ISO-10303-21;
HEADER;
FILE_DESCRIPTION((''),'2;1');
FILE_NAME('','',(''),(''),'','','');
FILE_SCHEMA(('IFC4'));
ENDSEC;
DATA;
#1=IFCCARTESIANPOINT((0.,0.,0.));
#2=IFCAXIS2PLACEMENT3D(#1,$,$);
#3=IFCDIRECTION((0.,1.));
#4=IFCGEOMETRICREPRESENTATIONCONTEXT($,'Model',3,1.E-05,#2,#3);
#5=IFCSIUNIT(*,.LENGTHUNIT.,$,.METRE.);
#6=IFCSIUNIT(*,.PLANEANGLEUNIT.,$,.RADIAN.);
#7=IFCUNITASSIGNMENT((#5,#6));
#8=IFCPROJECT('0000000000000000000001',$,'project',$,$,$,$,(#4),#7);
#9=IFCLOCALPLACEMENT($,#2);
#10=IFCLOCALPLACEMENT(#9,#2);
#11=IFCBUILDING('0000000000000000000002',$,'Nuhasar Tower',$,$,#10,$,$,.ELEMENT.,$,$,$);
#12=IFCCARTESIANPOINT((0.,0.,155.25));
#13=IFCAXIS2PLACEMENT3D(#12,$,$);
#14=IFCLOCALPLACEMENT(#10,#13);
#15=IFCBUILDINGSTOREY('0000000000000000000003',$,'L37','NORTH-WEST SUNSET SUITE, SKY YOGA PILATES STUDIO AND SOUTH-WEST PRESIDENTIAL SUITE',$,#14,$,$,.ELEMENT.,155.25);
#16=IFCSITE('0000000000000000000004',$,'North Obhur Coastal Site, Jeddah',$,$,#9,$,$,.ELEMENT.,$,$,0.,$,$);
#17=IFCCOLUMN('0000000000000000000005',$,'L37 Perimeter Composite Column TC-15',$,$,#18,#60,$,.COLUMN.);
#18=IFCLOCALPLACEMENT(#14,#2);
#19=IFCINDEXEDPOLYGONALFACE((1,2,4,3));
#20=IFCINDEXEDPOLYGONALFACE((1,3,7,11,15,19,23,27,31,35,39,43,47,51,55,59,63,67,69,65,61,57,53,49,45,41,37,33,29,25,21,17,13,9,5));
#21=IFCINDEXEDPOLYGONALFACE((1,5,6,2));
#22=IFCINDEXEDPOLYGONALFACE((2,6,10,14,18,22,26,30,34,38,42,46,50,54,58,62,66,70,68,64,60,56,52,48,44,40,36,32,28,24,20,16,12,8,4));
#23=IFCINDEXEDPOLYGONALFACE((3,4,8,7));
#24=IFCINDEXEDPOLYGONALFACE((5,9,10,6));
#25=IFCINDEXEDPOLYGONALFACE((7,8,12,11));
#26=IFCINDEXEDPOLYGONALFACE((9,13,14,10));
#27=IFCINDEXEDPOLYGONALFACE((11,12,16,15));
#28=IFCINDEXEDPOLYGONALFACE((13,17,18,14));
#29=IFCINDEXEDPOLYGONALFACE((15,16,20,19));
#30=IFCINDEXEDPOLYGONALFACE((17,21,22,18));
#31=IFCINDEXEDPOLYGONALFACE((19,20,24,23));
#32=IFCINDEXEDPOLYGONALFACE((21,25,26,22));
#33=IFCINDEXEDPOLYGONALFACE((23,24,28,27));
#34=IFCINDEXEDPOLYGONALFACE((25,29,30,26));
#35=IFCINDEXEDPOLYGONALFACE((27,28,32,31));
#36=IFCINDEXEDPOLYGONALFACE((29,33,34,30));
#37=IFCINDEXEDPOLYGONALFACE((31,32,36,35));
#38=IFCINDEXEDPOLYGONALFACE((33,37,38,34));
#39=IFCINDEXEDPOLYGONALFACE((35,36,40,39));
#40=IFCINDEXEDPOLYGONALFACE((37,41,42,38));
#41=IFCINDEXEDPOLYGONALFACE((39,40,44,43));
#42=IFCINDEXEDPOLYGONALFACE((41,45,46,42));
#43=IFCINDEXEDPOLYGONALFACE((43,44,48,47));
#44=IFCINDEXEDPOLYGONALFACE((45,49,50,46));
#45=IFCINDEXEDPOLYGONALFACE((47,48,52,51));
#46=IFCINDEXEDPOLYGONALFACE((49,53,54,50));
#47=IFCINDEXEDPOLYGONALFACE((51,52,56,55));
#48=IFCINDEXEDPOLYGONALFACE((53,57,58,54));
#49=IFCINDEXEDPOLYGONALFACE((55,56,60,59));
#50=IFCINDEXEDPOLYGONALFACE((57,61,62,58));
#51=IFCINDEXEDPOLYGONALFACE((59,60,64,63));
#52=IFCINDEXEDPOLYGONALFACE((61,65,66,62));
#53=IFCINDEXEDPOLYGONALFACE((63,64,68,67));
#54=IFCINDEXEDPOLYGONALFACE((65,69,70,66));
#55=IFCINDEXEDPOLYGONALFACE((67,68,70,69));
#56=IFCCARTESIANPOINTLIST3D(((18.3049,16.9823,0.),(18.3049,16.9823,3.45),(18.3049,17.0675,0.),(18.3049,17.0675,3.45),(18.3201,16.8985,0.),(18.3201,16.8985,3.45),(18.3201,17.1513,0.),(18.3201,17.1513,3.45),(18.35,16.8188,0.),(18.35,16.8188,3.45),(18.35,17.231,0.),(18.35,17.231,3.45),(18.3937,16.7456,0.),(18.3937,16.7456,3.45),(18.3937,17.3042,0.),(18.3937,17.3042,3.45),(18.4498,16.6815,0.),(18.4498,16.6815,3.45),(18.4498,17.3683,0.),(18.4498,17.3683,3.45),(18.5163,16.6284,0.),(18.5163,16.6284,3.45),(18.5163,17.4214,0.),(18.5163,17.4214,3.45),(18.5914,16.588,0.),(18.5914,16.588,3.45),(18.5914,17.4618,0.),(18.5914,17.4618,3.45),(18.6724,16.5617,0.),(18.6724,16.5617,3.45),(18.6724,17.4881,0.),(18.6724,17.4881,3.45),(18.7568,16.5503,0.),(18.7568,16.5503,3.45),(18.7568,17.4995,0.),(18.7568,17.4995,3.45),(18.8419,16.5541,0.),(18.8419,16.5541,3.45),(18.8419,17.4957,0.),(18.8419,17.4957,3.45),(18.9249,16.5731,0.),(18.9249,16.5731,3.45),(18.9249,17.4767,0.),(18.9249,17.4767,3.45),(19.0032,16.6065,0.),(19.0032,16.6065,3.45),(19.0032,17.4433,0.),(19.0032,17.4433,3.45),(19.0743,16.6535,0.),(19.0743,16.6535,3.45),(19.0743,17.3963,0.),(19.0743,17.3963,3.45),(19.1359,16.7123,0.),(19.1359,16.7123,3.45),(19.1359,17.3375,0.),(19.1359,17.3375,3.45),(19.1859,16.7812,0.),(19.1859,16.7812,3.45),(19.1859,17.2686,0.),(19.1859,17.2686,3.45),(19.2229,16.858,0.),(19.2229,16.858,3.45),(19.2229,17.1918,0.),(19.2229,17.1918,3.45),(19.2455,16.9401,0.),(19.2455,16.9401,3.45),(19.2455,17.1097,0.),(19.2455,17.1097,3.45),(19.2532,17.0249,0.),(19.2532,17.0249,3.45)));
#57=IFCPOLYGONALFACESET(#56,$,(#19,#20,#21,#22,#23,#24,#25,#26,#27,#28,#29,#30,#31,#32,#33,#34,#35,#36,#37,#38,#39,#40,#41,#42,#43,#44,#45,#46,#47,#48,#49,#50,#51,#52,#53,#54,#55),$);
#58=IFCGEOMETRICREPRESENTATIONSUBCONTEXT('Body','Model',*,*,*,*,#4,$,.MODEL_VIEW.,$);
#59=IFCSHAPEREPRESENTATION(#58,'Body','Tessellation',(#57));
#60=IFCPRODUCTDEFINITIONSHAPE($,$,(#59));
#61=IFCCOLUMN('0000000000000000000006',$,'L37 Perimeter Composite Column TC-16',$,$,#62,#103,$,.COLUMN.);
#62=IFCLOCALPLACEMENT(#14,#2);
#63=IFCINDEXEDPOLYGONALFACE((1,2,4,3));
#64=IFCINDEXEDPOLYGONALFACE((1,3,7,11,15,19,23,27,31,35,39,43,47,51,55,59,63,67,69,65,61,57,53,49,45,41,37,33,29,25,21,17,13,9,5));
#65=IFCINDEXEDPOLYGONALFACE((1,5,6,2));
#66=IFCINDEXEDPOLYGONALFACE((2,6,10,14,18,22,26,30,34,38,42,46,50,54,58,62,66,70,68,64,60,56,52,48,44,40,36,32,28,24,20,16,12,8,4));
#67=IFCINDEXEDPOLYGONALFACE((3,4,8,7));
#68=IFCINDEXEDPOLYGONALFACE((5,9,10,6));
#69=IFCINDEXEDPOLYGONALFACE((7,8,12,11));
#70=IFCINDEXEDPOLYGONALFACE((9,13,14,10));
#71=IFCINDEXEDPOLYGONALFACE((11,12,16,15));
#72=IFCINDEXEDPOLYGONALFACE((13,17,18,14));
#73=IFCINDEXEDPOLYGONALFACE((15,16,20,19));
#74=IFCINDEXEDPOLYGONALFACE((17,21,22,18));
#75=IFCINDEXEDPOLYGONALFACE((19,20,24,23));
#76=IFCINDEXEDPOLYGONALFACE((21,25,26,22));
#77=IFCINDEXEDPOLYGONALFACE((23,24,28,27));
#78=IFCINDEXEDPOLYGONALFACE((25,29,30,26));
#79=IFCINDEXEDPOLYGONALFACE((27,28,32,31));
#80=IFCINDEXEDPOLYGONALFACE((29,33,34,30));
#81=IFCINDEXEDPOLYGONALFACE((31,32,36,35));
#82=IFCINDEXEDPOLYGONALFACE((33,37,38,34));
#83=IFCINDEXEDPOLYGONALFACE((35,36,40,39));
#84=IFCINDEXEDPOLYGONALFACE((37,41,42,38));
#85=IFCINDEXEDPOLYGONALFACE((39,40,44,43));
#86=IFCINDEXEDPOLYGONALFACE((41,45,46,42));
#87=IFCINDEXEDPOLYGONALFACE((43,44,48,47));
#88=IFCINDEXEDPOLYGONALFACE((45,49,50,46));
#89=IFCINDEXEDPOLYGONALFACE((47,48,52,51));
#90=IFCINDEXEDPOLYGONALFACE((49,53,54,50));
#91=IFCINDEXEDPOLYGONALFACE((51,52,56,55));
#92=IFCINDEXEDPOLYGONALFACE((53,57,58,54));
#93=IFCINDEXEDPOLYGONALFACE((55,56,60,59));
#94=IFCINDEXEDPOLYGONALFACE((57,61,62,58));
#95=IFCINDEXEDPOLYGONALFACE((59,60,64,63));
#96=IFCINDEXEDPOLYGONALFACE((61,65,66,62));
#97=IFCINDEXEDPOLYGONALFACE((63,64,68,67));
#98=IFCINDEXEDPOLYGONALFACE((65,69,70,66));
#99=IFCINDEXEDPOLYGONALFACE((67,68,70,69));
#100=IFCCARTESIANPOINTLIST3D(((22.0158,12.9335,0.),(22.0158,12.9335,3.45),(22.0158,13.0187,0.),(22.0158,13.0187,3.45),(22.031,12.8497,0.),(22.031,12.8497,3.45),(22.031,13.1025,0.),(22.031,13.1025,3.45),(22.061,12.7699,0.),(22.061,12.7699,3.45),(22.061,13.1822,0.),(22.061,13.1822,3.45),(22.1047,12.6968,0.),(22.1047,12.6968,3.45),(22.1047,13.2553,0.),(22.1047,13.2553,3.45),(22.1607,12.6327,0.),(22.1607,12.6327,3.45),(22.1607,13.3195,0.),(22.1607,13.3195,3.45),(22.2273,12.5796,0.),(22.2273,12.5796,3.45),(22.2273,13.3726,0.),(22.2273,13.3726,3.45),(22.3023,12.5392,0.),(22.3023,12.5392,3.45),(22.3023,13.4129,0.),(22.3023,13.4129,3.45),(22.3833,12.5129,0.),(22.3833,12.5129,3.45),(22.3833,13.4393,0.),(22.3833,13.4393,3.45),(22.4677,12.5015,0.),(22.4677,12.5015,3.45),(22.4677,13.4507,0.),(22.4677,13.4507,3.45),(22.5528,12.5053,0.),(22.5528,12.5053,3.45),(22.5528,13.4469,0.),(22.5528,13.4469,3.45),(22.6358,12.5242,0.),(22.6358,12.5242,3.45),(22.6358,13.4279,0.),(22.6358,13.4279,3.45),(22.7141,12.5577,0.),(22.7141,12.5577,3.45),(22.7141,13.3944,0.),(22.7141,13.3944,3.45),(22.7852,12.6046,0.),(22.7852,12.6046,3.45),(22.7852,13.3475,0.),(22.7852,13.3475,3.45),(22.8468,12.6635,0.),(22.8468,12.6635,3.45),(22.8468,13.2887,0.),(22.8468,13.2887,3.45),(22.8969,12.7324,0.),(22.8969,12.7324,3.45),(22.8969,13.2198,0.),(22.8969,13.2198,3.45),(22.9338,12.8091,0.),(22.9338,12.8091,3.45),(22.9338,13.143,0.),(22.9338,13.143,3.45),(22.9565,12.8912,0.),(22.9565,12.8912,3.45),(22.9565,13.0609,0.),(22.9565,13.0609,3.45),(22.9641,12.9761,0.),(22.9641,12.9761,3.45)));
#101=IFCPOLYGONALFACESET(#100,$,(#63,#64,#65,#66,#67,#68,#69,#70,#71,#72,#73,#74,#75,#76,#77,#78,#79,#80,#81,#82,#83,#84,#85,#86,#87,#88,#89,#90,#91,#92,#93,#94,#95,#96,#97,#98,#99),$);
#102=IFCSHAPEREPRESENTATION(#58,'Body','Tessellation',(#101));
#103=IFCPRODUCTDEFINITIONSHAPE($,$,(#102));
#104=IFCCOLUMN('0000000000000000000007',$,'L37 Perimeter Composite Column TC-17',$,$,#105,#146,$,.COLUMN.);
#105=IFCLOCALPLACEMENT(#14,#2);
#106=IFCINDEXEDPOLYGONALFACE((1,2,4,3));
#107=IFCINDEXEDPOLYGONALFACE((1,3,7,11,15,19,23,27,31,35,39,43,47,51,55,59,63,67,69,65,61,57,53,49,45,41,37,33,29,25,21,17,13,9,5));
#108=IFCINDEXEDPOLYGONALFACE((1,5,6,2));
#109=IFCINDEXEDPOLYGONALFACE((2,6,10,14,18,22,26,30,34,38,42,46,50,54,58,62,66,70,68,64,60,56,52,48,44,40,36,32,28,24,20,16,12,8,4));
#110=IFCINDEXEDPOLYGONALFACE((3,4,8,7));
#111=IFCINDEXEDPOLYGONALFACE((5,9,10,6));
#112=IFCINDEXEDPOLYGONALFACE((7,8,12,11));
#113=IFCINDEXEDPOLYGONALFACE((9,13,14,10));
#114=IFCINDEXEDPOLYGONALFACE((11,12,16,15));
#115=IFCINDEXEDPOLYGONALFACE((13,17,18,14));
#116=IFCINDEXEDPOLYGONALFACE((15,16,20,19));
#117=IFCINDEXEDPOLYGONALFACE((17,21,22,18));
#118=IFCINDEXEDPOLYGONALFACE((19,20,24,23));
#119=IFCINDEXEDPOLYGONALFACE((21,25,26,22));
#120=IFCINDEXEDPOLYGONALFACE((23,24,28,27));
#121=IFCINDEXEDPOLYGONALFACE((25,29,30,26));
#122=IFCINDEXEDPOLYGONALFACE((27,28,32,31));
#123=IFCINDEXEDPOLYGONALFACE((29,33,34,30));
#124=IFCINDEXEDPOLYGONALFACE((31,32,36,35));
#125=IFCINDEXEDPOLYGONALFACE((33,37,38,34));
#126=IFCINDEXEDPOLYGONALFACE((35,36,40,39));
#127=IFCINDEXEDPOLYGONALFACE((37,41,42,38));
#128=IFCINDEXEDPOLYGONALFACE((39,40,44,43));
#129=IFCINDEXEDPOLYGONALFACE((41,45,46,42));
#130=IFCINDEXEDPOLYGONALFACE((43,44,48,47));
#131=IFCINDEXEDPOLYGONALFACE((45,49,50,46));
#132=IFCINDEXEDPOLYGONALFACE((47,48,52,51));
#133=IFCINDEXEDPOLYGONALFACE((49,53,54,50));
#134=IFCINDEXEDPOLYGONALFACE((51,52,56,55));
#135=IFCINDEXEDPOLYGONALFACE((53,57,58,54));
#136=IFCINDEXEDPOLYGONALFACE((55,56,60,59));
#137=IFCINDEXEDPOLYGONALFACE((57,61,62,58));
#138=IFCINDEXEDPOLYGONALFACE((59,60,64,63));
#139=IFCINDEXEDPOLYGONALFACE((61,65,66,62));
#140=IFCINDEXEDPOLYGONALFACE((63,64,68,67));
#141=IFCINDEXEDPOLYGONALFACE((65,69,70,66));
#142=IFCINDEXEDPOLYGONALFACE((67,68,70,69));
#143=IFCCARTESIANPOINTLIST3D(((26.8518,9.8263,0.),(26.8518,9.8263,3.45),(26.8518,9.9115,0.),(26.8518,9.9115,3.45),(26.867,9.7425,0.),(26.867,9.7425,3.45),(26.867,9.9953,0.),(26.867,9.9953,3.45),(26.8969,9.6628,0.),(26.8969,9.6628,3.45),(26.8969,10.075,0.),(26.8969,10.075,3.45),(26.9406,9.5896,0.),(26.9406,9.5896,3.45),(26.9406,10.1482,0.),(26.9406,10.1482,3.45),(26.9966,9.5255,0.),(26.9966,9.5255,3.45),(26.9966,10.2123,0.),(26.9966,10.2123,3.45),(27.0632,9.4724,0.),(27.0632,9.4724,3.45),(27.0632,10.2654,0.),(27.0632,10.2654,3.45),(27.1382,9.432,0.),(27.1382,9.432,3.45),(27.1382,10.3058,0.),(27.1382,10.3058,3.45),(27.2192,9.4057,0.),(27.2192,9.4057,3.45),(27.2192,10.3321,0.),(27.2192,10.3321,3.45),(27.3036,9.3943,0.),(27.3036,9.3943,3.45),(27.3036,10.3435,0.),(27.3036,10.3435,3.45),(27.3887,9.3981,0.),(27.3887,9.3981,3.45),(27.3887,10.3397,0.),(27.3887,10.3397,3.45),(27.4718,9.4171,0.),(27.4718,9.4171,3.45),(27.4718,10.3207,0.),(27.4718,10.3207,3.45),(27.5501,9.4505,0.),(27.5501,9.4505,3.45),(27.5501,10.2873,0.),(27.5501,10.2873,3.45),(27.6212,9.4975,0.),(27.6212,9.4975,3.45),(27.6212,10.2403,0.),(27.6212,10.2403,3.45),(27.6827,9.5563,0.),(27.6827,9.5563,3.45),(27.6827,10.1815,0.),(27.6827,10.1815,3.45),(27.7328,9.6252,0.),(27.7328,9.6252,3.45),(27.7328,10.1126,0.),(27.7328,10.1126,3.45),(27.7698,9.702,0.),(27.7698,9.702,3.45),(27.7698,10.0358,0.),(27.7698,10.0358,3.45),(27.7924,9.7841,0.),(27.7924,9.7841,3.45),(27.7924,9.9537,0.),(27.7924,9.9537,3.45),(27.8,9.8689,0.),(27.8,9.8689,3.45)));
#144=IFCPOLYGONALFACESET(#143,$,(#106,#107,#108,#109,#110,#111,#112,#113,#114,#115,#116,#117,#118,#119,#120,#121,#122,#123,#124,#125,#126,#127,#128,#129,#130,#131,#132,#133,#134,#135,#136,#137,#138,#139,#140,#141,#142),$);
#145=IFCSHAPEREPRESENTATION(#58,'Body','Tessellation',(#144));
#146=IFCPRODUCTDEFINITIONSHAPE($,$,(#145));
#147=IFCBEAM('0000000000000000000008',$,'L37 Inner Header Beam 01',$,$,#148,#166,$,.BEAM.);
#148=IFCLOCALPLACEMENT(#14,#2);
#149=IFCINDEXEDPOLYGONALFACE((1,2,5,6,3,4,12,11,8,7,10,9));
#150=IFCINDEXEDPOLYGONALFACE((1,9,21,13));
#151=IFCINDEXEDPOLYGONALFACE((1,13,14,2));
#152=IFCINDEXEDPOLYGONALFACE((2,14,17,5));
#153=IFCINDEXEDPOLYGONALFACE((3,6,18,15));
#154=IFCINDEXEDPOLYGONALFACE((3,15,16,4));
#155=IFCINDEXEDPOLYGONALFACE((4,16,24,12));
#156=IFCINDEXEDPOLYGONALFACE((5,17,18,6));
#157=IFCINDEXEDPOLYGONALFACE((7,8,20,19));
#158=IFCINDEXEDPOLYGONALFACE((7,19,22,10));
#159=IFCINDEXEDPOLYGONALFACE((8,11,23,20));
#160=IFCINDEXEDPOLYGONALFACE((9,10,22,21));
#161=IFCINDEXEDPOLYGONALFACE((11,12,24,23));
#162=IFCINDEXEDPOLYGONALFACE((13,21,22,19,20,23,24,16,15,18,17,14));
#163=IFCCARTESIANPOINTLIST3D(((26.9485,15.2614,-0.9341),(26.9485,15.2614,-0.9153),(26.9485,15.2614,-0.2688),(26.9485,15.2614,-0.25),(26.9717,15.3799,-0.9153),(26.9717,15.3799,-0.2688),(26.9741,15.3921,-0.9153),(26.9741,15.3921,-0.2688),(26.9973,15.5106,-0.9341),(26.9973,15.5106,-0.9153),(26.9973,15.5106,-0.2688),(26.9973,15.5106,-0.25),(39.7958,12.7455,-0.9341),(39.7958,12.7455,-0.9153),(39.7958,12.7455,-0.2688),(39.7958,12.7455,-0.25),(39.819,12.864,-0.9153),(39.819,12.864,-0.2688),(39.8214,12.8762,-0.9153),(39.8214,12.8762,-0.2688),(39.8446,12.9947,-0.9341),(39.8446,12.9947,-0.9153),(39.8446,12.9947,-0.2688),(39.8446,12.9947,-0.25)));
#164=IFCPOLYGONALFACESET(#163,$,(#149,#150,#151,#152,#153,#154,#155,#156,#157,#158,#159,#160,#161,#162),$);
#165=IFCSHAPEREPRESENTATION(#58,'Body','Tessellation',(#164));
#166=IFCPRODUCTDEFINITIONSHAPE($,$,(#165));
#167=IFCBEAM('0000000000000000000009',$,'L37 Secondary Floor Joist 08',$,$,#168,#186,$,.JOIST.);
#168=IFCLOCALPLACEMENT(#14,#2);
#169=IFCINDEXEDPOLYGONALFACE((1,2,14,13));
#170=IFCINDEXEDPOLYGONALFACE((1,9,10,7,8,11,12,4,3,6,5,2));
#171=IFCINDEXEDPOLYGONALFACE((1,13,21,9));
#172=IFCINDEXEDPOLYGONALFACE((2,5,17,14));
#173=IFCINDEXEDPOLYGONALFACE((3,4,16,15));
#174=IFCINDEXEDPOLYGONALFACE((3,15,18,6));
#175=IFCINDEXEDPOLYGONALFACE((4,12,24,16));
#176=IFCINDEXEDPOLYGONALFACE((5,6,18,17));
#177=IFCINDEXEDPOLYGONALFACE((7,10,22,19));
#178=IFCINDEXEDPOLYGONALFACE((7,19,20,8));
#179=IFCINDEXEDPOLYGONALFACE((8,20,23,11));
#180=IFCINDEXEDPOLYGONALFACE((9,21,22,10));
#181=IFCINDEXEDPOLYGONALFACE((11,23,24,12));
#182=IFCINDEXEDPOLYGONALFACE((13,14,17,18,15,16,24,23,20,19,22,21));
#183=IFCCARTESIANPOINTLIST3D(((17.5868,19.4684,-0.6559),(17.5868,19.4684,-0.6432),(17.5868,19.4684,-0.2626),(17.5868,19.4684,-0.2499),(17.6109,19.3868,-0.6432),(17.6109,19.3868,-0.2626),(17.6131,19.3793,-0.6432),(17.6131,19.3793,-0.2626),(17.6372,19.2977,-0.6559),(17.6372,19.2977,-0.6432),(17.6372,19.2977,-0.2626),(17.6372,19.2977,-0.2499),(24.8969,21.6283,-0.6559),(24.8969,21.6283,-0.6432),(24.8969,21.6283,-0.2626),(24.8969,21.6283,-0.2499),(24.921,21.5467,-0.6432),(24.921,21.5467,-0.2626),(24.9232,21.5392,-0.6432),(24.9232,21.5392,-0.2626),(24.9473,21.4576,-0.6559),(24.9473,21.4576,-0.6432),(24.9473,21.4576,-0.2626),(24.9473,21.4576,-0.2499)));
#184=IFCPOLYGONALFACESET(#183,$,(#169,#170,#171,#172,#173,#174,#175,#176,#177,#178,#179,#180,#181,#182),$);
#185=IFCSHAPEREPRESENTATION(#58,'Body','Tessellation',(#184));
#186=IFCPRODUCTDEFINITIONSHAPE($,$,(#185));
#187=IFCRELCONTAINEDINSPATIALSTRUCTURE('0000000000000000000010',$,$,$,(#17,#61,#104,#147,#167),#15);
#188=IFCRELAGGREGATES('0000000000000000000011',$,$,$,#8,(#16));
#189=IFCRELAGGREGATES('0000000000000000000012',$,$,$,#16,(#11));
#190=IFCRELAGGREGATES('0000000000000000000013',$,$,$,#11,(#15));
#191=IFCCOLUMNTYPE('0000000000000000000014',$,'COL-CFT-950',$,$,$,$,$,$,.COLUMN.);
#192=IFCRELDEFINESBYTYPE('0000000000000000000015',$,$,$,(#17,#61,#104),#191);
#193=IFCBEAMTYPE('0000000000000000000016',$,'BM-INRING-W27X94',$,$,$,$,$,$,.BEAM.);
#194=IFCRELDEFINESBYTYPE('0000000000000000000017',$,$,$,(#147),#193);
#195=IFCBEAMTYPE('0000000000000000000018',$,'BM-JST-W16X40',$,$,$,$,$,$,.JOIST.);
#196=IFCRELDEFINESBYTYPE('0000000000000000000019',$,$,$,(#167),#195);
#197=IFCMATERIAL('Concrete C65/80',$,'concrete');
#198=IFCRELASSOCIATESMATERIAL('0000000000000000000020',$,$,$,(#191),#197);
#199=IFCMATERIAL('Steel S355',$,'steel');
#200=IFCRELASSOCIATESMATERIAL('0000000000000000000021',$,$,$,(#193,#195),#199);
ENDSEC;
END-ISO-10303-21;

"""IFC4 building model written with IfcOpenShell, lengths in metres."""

from ifc_helpers import new_model, si_unit, direction, frame, origin, origin_2d, place, context, subcontext, project, spatial, circle, i_section, extrude, material, material_profile, profile_set, type_object, element, save


model = new_model("IFC4")

# Units and contexts
model_context = context("Model", 3, precision=1e-05, world=origin(), true_north=direction((0.0, 1.0)))
body_context = subcontext(model_context, "Body", "Model", "MODEL_VIEW")
ifc_project = project(units=[si_unit("LENGTHUNIT", "METRE"), si_unit("PLANEANGLEUNIT", "RADIAN")], contexts=[model_context])

# Site, building, storey
site_placement = place(None, origin())
site = spatial("IfcSite", under=ifc_project, at=site_placement, Name="North Obhur Coastal Site, Jeddah", CompositionType="ELEMENT", RefElevation=0.0)
building_placement = place(site_placement, origin())
building = spatial("IfcBuilding", under=site, at=building_placement, Name="Nuhasar Tower", CompositionType="ELEMENT")
storey_placement = place(building_placement, frame((0.0, 0.0, 155.25)))
storey = spatial("IfcBuildingStorey", under=building, at=storey_placement, Name="L37", Description="NORTH-WEST SUNSET SUITE, SKY YOGA PILATES STUDIO AND SOUTH-WEST PRESIDENTIAL SUITE", CompositionType="ELEMENT", Elevation=155.25)

# Columns
ifc_material_1 = material(Name="Concrete C65/80", Category="concrete")
ifc_material_profile_1 = material_profile(ifc_material_1, circle(Radius=0.4751, at=origin_2d()), Name="CFT950")
ifc_profile_set_1 = profile_set([ifc_material_profile_1], Name="Concrete C65/80")
column_type = type_object("IfcColumnType", Name="COL-CFT-950", PredefinedType="COLUMN", material=ifc_profile_set_1)
for number, where, z_axis, x_axis, name in (
    (1, (18.7781, 17.0249, 0.0), (0.0, 0.0, 1.0), (1.0, 0.0, 0.0), "L37 Perimeter Composite Column TC-15"),
    (2, (22.489, 12.9761, 0.0), (0.0, 0.0, 1.0), (1.0, 0.0, 0.0), "L37 Perimeter Composite Column TC-16"),
    (3, (27.325, 9.8689, 0.0), (0.0, 0.0, 1.0), (1.0, 0.0, 0.0), "L37 Perimeter Composite Column TC-17"),
):
    element("IfcColumn", number, at=place(storey_placement, frame(where, z_axis=z_axis, x_axis=x_axis)), inside=storey, type_object=column_type, Name=name, PredefinedType="COLUMN", context=body_context, shape_type="SweptSolid", body=[
        extrude(circle(Radius=0.4751, at=origin_2d()), origin(), (0.0, 0.0, 1.0), 3.45),
    ])

# Beams
ifc_material_2 = material(Name="Steel S355", Category="steel")
ifc_material_profile_2 = material_profile(ifc_material_2, i_section(OverallWidth=0.2539, OverallDepth=0.6841, WebThickness=0.0125, FlangeThickness=0.0188, at=origin_2d()), Name="W27X94")
ifc_profile_set_2 = profile_set([ifc_material_profile_2], Name="Steel S355")
beam_type_1 = type_object("IfcBeamType", Name="BM-INRING-W27X94", PredefinedType="BEAM", material=ifc_profile_set_2)
beam_1_placement = place(storey_placement, frame((26.9729, 15.386, -0.592), z_axis=(0.98136, -0.19218, 0.0), x_axis=(0.19218, 0.98136, 0.0)))
element("IfcBeam", 4, at=beam_1_placement, inside=storey, type_object=beam_type_1, Name="L37 Inner Header Beam 01", PredefinedType="BEAM", context=body_context, shape_type="SweptSolid", body=[
    extrude(i_section(OverallWidth=0.2539, OverallDepth=0.6841, WebThickness=0.0125, FlangeThickness=0.0188, at=origin_2d()), origin(), (0.0, 0.0, 1.0), 13.0913),
])
ifc_material_profile_3 = material_profile(ifc_material_2, i_section(OverallWidth=0.178, OverallDepth=0.406, WebThickness=0.0078, FlangeThickness=0.0127, at=origin_2d()), Name="W16X40")
ifc_profile_set_3 = profile_set([ifc_material_profile_3], Name="Steel S355")
beam_type_2 = type_object("IfcBeamType", Name="BM-JST-W16X40", PredefinedType="JOIST", material=ifc_profile_set_3)
beam_2_placement = place(storey_placement, frame((24.9221, 21.543, -0.4529), z_axis=(-0.959013, -0.283361, 0.0), x_axis=(0.283361, -0.959013, 0.0)))
element("IfcBeam", 5, at=beam_2_placement, inside=storey, type_object=beam_type_2, Name="L37 Secondary Floor Joist 08", PredefinedType="JOIST", context=body_context, shape_type="SweptSolid", body=[
    extrude(i_section(OverallWidth=0.178, OverallDepth=0.406, WebThickness=0.0078, FlangeThickness=0.0127, at=origin_2d()), origin(), (0.0, 0.0, 1.0), 7.6226),
])

save(model, "model.ifc")
